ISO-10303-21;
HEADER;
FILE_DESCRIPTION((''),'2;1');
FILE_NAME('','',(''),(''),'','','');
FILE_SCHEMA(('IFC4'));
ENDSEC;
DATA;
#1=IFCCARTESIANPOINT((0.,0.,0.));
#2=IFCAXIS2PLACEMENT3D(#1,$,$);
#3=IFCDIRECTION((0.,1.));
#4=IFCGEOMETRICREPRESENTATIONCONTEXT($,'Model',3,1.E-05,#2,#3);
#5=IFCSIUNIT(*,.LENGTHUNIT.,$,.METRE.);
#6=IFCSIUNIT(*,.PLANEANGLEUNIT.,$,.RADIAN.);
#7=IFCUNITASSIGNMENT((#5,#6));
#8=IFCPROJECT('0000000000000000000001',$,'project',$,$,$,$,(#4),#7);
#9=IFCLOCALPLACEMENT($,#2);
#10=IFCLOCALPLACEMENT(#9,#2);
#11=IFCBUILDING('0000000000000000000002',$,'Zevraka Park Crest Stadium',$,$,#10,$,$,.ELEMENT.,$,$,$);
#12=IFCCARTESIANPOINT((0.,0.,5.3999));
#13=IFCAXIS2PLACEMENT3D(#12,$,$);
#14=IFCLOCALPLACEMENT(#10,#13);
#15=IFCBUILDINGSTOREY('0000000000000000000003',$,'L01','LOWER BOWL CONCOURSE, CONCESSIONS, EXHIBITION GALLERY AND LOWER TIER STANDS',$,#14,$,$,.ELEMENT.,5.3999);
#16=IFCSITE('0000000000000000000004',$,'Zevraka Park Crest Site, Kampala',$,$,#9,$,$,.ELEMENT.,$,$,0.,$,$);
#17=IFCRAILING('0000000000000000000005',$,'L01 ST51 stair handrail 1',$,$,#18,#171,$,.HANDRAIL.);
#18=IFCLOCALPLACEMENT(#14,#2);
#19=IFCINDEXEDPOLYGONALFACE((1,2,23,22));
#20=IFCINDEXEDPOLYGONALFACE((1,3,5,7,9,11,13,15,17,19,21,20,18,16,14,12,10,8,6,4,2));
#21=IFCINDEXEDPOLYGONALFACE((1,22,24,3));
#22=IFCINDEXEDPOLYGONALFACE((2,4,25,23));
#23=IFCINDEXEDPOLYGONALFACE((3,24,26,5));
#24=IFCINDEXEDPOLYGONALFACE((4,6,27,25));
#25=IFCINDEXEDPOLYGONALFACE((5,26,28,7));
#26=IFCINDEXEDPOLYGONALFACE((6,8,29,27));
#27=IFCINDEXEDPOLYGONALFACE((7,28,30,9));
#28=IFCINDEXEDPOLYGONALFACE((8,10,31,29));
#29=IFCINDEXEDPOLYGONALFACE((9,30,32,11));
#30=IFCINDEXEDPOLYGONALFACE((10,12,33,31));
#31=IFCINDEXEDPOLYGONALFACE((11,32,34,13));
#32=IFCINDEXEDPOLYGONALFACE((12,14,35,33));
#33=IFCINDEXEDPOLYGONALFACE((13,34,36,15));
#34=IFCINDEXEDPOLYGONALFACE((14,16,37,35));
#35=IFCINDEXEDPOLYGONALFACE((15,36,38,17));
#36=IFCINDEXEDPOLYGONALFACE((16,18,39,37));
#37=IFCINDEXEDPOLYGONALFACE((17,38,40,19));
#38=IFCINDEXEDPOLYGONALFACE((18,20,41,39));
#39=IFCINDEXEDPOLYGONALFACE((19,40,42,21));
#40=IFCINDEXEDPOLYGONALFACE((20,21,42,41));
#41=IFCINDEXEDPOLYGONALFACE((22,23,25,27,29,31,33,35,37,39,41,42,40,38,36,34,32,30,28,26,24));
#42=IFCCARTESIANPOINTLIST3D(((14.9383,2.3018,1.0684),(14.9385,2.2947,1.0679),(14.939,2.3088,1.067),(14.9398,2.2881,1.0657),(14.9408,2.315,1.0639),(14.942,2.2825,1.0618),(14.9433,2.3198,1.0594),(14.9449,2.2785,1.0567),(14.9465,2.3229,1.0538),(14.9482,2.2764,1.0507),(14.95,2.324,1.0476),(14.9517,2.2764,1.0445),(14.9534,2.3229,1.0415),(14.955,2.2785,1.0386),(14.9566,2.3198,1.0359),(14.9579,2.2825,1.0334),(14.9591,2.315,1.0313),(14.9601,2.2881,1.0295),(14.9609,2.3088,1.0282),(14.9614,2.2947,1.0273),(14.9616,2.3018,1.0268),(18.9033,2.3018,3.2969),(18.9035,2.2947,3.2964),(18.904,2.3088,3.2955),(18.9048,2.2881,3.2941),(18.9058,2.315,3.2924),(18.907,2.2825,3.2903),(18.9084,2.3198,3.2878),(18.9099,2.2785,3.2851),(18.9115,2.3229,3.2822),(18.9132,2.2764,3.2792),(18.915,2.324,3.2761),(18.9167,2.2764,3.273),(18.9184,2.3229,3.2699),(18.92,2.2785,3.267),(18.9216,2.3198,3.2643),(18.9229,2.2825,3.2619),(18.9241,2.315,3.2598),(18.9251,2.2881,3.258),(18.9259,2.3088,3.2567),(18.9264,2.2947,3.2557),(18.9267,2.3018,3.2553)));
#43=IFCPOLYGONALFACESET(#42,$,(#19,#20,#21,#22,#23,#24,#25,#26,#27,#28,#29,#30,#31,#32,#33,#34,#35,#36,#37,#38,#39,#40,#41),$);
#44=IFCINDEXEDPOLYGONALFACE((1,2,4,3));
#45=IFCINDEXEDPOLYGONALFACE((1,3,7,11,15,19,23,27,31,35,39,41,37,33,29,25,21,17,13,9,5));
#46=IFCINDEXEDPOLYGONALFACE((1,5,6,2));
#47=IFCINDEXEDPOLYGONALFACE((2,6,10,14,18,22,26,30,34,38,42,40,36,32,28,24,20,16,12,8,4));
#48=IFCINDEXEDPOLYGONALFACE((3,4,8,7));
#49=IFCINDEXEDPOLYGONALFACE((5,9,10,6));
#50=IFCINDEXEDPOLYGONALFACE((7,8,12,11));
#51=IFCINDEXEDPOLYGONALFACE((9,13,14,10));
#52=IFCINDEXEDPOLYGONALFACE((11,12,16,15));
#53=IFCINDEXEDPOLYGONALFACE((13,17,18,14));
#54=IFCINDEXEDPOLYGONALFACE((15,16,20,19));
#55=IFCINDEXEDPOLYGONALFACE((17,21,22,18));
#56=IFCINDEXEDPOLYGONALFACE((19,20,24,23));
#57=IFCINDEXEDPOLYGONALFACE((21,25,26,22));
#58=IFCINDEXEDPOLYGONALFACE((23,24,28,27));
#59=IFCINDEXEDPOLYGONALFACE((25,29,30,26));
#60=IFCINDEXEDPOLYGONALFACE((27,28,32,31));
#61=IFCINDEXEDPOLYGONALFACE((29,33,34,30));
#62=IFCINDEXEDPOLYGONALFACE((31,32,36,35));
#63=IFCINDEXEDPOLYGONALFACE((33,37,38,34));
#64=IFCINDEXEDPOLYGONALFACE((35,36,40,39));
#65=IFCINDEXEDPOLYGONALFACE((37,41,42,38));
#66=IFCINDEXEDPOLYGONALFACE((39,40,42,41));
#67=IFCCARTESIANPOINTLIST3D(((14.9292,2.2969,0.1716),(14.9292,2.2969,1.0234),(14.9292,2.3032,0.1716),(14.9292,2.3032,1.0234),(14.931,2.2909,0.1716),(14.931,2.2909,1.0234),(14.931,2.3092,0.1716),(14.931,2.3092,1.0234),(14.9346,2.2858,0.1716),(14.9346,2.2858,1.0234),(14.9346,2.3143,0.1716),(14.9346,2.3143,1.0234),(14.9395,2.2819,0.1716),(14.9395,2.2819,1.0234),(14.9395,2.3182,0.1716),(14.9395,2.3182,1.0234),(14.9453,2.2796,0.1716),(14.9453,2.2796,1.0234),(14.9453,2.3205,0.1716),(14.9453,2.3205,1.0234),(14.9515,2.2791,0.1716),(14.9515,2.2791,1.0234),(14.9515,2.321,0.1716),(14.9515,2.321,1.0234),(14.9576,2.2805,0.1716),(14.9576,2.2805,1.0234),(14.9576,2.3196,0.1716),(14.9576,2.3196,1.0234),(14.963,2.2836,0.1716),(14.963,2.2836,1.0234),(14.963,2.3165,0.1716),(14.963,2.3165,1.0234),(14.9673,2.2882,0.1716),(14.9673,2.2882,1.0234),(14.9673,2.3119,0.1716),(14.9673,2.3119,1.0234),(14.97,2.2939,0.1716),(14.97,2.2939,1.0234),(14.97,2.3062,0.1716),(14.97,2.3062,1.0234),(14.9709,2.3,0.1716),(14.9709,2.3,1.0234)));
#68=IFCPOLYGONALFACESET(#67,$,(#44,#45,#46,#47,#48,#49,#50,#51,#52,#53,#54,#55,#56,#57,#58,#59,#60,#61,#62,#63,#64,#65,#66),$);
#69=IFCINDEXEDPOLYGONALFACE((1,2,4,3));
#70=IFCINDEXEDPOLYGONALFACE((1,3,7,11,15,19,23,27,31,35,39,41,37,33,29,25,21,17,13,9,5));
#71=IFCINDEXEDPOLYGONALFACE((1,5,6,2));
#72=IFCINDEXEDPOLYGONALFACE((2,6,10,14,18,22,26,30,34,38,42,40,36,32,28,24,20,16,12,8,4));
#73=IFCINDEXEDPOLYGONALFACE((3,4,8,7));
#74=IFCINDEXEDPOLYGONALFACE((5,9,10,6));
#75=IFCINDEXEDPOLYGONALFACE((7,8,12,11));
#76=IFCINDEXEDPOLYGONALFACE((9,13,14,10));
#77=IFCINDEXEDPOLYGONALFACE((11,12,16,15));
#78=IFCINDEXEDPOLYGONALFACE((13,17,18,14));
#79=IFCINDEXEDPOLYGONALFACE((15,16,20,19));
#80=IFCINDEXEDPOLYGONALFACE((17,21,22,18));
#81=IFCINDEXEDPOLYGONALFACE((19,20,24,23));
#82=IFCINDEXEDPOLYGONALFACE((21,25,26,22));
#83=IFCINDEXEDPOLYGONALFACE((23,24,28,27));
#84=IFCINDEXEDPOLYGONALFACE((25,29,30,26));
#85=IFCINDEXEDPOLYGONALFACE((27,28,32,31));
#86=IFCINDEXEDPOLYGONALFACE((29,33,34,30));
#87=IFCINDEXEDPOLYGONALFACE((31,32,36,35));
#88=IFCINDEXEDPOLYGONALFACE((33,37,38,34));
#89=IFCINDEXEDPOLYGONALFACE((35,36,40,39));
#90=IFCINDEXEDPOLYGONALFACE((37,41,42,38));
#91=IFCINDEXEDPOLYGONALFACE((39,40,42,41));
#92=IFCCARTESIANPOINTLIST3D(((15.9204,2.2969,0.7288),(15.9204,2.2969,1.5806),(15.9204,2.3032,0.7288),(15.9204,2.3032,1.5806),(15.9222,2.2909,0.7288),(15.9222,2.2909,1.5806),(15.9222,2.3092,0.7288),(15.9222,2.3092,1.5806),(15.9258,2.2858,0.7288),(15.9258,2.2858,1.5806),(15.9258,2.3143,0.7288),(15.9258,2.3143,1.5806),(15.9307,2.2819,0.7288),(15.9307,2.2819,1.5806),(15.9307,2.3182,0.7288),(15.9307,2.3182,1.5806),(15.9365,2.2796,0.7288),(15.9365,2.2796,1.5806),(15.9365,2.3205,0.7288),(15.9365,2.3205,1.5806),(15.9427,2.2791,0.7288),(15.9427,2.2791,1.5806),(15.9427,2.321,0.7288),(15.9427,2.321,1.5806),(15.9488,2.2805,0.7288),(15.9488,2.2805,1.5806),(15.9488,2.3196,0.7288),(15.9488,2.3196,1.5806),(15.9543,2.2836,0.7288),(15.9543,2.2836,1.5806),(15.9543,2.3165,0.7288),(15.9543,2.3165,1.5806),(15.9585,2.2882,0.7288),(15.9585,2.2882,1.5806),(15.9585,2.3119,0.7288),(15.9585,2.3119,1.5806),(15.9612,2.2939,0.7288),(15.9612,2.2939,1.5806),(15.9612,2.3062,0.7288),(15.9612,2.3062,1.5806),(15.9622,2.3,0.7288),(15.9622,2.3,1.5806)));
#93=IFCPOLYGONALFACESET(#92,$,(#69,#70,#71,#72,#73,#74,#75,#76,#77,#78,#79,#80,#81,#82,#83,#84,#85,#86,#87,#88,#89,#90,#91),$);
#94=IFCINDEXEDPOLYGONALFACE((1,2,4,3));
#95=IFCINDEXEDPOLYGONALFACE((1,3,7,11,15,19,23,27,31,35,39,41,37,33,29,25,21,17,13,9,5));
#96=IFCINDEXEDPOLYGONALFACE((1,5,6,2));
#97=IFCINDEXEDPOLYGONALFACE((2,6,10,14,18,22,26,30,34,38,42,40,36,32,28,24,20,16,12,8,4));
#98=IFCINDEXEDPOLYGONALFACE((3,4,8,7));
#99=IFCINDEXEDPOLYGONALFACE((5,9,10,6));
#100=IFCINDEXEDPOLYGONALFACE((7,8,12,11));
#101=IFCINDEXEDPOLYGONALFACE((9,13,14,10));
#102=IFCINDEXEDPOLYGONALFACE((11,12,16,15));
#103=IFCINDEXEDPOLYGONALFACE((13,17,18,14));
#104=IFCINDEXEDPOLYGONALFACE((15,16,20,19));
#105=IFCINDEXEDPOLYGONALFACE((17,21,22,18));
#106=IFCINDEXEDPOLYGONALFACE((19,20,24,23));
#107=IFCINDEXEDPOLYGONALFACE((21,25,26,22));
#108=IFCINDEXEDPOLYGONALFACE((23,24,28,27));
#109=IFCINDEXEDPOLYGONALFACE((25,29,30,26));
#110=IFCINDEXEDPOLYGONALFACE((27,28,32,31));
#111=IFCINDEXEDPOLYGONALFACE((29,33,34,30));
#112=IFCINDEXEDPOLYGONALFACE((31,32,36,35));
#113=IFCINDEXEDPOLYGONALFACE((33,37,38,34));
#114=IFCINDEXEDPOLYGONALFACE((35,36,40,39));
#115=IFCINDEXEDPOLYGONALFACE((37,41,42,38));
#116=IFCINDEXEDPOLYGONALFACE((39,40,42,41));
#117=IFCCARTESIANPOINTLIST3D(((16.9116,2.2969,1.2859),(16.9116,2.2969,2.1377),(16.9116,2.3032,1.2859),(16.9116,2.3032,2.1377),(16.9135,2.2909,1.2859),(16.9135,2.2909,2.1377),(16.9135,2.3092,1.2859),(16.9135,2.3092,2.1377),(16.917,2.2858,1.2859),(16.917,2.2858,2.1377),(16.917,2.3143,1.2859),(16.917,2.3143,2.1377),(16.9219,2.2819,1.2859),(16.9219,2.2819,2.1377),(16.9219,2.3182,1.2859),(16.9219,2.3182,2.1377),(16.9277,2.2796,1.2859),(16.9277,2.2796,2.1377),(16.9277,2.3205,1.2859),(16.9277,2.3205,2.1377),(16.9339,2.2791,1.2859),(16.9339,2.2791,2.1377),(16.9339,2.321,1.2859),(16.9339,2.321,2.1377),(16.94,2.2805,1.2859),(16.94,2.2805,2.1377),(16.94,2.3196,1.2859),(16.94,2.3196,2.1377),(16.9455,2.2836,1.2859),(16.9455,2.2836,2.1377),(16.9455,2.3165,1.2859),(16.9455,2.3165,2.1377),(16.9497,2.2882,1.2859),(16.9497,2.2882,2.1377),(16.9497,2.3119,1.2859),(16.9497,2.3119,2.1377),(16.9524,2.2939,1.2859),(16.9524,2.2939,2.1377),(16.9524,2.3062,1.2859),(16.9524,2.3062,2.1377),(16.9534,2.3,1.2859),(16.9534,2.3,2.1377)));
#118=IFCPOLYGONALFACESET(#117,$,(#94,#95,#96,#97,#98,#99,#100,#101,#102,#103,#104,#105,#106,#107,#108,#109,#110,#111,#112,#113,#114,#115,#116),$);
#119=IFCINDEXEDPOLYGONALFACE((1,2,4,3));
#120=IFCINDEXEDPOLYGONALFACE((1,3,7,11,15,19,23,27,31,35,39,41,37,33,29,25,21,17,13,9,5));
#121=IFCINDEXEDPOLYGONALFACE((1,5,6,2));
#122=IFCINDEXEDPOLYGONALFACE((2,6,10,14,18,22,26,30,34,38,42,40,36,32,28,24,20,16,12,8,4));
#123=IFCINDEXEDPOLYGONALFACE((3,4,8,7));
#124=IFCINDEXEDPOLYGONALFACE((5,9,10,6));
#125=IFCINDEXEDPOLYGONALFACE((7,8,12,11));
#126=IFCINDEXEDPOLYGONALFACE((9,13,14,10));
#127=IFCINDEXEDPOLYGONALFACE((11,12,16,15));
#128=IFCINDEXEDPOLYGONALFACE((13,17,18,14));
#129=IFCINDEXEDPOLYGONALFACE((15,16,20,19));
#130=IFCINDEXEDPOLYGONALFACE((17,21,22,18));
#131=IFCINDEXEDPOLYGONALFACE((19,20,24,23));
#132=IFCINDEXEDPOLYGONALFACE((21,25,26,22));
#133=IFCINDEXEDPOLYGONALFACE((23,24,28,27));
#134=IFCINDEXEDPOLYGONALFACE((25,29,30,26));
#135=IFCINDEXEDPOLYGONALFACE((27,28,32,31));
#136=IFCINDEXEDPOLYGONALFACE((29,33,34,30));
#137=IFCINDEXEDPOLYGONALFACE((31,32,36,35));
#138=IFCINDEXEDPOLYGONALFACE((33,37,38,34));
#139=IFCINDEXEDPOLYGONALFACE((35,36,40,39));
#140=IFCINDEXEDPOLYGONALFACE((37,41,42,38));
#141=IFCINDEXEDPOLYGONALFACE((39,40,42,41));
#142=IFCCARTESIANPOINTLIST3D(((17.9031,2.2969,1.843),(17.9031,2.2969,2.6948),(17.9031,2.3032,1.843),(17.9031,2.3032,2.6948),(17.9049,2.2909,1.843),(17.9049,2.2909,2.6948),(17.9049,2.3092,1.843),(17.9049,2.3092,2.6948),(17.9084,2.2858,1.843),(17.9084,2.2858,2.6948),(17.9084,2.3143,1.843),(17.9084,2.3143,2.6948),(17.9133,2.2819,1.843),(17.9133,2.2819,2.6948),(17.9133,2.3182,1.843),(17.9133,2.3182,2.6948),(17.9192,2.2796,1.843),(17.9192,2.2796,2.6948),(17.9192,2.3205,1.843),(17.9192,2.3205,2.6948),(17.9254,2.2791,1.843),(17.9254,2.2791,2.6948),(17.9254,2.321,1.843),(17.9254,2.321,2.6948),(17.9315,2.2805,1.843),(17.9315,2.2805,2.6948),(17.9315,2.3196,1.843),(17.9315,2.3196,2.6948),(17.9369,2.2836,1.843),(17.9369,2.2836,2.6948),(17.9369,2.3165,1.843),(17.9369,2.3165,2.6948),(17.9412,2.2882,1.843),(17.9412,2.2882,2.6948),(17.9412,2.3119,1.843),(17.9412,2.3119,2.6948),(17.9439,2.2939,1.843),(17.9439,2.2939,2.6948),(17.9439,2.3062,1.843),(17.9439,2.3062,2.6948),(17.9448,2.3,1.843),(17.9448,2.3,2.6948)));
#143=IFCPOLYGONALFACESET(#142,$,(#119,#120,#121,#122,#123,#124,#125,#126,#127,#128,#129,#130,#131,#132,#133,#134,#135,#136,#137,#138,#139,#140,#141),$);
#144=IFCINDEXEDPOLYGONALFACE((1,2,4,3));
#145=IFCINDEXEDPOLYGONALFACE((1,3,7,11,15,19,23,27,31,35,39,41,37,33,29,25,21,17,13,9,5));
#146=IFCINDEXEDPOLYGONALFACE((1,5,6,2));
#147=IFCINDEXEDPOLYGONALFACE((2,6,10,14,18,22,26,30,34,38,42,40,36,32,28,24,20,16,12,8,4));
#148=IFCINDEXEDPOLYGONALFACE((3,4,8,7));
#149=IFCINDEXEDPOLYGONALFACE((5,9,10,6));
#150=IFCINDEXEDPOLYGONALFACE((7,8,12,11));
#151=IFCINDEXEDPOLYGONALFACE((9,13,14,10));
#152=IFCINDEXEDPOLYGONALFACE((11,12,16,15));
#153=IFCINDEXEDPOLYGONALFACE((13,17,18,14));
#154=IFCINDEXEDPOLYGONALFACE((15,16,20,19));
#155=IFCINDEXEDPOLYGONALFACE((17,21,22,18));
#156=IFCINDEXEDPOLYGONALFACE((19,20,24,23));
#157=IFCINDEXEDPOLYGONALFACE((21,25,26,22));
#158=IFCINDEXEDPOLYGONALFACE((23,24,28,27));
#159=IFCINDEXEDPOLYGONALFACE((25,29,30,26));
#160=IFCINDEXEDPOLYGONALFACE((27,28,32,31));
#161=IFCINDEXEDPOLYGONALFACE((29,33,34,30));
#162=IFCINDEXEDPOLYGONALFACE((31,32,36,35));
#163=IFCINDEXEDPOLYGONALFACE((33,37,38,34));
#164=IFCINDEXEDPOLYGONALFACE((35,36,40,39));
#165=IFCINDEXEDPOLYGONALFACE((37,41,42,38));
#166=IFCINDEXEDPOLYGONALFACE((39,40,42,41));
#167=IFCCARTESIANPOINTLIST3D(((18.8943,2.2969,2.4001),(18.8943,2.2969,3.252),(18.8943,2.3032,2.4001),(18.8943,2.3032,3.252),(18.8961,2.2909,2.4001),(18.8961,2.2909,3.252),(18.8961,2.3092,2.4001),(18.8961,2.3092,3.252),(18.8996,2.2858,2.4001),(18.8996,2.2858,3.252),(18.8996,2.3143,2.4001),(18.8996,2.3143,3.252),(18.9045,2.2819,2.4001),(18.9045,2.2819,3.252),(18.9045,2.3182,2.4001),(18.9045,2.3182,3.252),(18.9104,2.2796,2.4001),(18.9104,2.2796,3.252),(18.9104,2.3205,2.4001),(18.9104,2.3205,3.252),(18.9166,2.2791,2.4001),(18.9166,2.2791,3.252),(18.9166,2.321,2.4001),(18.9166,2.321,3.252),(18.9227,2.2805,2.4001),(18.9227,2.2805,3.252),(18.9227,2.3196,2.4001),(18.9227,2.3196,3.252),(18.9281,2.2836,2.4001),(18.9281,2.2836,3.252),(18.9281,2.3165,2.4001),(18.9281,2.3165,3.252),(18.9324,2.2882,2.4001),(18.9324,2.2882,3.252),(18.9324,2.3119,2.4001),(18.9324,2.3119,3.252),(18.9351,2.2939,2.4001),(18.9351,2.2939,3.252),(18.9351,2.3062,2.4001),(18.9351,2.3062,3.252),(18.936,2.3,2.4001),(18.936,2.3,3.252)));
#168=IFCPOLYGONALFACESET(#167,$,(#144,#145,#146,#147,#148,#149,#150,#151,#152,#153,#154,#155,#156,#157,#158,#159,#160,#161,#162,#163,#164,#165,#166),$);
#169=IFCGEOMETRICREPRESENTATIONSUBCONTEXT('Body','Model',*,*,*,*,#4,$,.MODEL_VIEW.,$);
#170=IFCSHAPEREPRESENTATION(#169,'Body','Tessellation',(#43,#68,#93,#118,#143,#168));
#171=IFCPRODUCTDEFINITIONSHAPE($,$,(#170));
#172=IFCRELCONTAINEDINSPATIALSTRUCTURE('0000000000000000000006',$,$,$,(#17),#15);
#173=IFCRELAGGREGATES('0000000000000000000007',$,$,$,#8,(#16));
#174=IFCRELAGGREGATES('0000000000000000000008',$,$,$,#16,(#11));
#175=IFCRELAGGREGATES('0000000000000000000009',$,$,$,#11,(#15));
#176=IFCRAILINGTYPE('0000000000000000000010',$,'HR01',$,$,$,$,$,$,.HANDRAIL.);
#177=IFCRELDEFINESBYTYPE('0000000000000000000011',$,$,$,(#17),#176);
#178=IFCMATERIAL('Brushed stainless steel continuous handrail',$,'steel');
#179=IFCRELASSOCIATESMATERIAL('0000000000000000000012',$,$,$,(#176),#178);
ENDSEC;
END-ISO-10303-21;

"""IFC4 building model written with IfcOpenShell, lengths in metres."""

from ifc_helpers import new_model, si_unit, direction, frame, origin, origin_2d, place, context, subcontext, project, spatial, circle, extrude, material, type_object, element, save


model = new_model("IFC4")

# Units and contexts
model_context = context("Model", 3, precision=1e-05, world=origin(), true_north=direction((0.0, 1.0)))
body_context = subcontext(model_context, "Body", "Model", "MODEL_VIEW")
ifc_project = project(units=[si_unit("LENGTHUNIT", "METRE"), si_unit("PLANEANGLEUNIT", "RADIAN")], contexts=[model_context])

# Site, building, storey
site_placement = place(None, origin())
site = spatial("IfcSite", under=ifc_project, at=site_placement, Name="Zevraka Park Crest Site, Kampala", CompositionType="ELEMENT", RefElevation=0.0)
building_placement = place(site_placement, origin())
building = spatial("IfcBuilding", under=site, at=building_placement, Name="Zevraka Park Crest Stadium", CompositionType="ELEMENT")
storey_placement = place(building_placement, frame((0.0, 0.0, 5.3999)))
storey = spatial("IfcBuildingStorey", under=building, at=storey_placement, Name="L01", Description="LOWER BOWL CONCOURSE, CONCESSIONS, EXHIBITION GALLERY AND LOWER TIER STANDS", CompositionType="ELEMENT", Elevation=5.3999)

# Railing
ifc_material_1 = material(Name="Brushed stainless steel continuous handrail", Category="steel")
railing_type_1 = type_object("IfcRailingType", Name="HR01", PredefinedType="HANDRAIL", material=ifc_material_1)
railing_1_placement = place(storey_placement, frame((14.95, 2.3, 0.1716)))
element("IfcRailing", 1, at=railing_1_placement, inside=storey, type_object=railing_type_1, Name="L01 ST51 stair handrail 1", PredefinedType="HANDRAIL", context=body_context, shape_type="SweptSolid", body=[
    extrude(circle(Radius=0.0239, at=origin_2d()), frame((0.0, 0.0, 0.876), z_axis=(0.871749, 0.0, 0.489953), x_axis=(0.0, 1.0, 0.0)), (0.0, 0.0, 1.0), 4.5483),
    extrude(circle(Radius=0.021, at=origin_2d()), origin(), (0.0, 0.0, 1.0), 0.8518),
    extrude(circle(Radius=0.021, at=origin_2d()), frame((0.9912, 0.0, 0.5571)), (0.0, 0.0, 1.0), 0.8518),
    extrude(circle(Radius=0.021, at=origin_2d()), frame((1.9824, 0.0, 1.1143)), (0.0, 0.0, 1.0), 0.8518),
    extrude(circle(Radius=0.021, at=origin_2d()), frame((2.9739, 0.0, 1.6714)), (0.0, 0.0, 1.0), 0.8518),
    extrude(circle(Radius=0.021, at=origin_2d()), frame((3.9651, 0.0, 2.2285)), (0.0, 0.0, 1.0), 0.8518),
])

save(model, "model.ifc")
